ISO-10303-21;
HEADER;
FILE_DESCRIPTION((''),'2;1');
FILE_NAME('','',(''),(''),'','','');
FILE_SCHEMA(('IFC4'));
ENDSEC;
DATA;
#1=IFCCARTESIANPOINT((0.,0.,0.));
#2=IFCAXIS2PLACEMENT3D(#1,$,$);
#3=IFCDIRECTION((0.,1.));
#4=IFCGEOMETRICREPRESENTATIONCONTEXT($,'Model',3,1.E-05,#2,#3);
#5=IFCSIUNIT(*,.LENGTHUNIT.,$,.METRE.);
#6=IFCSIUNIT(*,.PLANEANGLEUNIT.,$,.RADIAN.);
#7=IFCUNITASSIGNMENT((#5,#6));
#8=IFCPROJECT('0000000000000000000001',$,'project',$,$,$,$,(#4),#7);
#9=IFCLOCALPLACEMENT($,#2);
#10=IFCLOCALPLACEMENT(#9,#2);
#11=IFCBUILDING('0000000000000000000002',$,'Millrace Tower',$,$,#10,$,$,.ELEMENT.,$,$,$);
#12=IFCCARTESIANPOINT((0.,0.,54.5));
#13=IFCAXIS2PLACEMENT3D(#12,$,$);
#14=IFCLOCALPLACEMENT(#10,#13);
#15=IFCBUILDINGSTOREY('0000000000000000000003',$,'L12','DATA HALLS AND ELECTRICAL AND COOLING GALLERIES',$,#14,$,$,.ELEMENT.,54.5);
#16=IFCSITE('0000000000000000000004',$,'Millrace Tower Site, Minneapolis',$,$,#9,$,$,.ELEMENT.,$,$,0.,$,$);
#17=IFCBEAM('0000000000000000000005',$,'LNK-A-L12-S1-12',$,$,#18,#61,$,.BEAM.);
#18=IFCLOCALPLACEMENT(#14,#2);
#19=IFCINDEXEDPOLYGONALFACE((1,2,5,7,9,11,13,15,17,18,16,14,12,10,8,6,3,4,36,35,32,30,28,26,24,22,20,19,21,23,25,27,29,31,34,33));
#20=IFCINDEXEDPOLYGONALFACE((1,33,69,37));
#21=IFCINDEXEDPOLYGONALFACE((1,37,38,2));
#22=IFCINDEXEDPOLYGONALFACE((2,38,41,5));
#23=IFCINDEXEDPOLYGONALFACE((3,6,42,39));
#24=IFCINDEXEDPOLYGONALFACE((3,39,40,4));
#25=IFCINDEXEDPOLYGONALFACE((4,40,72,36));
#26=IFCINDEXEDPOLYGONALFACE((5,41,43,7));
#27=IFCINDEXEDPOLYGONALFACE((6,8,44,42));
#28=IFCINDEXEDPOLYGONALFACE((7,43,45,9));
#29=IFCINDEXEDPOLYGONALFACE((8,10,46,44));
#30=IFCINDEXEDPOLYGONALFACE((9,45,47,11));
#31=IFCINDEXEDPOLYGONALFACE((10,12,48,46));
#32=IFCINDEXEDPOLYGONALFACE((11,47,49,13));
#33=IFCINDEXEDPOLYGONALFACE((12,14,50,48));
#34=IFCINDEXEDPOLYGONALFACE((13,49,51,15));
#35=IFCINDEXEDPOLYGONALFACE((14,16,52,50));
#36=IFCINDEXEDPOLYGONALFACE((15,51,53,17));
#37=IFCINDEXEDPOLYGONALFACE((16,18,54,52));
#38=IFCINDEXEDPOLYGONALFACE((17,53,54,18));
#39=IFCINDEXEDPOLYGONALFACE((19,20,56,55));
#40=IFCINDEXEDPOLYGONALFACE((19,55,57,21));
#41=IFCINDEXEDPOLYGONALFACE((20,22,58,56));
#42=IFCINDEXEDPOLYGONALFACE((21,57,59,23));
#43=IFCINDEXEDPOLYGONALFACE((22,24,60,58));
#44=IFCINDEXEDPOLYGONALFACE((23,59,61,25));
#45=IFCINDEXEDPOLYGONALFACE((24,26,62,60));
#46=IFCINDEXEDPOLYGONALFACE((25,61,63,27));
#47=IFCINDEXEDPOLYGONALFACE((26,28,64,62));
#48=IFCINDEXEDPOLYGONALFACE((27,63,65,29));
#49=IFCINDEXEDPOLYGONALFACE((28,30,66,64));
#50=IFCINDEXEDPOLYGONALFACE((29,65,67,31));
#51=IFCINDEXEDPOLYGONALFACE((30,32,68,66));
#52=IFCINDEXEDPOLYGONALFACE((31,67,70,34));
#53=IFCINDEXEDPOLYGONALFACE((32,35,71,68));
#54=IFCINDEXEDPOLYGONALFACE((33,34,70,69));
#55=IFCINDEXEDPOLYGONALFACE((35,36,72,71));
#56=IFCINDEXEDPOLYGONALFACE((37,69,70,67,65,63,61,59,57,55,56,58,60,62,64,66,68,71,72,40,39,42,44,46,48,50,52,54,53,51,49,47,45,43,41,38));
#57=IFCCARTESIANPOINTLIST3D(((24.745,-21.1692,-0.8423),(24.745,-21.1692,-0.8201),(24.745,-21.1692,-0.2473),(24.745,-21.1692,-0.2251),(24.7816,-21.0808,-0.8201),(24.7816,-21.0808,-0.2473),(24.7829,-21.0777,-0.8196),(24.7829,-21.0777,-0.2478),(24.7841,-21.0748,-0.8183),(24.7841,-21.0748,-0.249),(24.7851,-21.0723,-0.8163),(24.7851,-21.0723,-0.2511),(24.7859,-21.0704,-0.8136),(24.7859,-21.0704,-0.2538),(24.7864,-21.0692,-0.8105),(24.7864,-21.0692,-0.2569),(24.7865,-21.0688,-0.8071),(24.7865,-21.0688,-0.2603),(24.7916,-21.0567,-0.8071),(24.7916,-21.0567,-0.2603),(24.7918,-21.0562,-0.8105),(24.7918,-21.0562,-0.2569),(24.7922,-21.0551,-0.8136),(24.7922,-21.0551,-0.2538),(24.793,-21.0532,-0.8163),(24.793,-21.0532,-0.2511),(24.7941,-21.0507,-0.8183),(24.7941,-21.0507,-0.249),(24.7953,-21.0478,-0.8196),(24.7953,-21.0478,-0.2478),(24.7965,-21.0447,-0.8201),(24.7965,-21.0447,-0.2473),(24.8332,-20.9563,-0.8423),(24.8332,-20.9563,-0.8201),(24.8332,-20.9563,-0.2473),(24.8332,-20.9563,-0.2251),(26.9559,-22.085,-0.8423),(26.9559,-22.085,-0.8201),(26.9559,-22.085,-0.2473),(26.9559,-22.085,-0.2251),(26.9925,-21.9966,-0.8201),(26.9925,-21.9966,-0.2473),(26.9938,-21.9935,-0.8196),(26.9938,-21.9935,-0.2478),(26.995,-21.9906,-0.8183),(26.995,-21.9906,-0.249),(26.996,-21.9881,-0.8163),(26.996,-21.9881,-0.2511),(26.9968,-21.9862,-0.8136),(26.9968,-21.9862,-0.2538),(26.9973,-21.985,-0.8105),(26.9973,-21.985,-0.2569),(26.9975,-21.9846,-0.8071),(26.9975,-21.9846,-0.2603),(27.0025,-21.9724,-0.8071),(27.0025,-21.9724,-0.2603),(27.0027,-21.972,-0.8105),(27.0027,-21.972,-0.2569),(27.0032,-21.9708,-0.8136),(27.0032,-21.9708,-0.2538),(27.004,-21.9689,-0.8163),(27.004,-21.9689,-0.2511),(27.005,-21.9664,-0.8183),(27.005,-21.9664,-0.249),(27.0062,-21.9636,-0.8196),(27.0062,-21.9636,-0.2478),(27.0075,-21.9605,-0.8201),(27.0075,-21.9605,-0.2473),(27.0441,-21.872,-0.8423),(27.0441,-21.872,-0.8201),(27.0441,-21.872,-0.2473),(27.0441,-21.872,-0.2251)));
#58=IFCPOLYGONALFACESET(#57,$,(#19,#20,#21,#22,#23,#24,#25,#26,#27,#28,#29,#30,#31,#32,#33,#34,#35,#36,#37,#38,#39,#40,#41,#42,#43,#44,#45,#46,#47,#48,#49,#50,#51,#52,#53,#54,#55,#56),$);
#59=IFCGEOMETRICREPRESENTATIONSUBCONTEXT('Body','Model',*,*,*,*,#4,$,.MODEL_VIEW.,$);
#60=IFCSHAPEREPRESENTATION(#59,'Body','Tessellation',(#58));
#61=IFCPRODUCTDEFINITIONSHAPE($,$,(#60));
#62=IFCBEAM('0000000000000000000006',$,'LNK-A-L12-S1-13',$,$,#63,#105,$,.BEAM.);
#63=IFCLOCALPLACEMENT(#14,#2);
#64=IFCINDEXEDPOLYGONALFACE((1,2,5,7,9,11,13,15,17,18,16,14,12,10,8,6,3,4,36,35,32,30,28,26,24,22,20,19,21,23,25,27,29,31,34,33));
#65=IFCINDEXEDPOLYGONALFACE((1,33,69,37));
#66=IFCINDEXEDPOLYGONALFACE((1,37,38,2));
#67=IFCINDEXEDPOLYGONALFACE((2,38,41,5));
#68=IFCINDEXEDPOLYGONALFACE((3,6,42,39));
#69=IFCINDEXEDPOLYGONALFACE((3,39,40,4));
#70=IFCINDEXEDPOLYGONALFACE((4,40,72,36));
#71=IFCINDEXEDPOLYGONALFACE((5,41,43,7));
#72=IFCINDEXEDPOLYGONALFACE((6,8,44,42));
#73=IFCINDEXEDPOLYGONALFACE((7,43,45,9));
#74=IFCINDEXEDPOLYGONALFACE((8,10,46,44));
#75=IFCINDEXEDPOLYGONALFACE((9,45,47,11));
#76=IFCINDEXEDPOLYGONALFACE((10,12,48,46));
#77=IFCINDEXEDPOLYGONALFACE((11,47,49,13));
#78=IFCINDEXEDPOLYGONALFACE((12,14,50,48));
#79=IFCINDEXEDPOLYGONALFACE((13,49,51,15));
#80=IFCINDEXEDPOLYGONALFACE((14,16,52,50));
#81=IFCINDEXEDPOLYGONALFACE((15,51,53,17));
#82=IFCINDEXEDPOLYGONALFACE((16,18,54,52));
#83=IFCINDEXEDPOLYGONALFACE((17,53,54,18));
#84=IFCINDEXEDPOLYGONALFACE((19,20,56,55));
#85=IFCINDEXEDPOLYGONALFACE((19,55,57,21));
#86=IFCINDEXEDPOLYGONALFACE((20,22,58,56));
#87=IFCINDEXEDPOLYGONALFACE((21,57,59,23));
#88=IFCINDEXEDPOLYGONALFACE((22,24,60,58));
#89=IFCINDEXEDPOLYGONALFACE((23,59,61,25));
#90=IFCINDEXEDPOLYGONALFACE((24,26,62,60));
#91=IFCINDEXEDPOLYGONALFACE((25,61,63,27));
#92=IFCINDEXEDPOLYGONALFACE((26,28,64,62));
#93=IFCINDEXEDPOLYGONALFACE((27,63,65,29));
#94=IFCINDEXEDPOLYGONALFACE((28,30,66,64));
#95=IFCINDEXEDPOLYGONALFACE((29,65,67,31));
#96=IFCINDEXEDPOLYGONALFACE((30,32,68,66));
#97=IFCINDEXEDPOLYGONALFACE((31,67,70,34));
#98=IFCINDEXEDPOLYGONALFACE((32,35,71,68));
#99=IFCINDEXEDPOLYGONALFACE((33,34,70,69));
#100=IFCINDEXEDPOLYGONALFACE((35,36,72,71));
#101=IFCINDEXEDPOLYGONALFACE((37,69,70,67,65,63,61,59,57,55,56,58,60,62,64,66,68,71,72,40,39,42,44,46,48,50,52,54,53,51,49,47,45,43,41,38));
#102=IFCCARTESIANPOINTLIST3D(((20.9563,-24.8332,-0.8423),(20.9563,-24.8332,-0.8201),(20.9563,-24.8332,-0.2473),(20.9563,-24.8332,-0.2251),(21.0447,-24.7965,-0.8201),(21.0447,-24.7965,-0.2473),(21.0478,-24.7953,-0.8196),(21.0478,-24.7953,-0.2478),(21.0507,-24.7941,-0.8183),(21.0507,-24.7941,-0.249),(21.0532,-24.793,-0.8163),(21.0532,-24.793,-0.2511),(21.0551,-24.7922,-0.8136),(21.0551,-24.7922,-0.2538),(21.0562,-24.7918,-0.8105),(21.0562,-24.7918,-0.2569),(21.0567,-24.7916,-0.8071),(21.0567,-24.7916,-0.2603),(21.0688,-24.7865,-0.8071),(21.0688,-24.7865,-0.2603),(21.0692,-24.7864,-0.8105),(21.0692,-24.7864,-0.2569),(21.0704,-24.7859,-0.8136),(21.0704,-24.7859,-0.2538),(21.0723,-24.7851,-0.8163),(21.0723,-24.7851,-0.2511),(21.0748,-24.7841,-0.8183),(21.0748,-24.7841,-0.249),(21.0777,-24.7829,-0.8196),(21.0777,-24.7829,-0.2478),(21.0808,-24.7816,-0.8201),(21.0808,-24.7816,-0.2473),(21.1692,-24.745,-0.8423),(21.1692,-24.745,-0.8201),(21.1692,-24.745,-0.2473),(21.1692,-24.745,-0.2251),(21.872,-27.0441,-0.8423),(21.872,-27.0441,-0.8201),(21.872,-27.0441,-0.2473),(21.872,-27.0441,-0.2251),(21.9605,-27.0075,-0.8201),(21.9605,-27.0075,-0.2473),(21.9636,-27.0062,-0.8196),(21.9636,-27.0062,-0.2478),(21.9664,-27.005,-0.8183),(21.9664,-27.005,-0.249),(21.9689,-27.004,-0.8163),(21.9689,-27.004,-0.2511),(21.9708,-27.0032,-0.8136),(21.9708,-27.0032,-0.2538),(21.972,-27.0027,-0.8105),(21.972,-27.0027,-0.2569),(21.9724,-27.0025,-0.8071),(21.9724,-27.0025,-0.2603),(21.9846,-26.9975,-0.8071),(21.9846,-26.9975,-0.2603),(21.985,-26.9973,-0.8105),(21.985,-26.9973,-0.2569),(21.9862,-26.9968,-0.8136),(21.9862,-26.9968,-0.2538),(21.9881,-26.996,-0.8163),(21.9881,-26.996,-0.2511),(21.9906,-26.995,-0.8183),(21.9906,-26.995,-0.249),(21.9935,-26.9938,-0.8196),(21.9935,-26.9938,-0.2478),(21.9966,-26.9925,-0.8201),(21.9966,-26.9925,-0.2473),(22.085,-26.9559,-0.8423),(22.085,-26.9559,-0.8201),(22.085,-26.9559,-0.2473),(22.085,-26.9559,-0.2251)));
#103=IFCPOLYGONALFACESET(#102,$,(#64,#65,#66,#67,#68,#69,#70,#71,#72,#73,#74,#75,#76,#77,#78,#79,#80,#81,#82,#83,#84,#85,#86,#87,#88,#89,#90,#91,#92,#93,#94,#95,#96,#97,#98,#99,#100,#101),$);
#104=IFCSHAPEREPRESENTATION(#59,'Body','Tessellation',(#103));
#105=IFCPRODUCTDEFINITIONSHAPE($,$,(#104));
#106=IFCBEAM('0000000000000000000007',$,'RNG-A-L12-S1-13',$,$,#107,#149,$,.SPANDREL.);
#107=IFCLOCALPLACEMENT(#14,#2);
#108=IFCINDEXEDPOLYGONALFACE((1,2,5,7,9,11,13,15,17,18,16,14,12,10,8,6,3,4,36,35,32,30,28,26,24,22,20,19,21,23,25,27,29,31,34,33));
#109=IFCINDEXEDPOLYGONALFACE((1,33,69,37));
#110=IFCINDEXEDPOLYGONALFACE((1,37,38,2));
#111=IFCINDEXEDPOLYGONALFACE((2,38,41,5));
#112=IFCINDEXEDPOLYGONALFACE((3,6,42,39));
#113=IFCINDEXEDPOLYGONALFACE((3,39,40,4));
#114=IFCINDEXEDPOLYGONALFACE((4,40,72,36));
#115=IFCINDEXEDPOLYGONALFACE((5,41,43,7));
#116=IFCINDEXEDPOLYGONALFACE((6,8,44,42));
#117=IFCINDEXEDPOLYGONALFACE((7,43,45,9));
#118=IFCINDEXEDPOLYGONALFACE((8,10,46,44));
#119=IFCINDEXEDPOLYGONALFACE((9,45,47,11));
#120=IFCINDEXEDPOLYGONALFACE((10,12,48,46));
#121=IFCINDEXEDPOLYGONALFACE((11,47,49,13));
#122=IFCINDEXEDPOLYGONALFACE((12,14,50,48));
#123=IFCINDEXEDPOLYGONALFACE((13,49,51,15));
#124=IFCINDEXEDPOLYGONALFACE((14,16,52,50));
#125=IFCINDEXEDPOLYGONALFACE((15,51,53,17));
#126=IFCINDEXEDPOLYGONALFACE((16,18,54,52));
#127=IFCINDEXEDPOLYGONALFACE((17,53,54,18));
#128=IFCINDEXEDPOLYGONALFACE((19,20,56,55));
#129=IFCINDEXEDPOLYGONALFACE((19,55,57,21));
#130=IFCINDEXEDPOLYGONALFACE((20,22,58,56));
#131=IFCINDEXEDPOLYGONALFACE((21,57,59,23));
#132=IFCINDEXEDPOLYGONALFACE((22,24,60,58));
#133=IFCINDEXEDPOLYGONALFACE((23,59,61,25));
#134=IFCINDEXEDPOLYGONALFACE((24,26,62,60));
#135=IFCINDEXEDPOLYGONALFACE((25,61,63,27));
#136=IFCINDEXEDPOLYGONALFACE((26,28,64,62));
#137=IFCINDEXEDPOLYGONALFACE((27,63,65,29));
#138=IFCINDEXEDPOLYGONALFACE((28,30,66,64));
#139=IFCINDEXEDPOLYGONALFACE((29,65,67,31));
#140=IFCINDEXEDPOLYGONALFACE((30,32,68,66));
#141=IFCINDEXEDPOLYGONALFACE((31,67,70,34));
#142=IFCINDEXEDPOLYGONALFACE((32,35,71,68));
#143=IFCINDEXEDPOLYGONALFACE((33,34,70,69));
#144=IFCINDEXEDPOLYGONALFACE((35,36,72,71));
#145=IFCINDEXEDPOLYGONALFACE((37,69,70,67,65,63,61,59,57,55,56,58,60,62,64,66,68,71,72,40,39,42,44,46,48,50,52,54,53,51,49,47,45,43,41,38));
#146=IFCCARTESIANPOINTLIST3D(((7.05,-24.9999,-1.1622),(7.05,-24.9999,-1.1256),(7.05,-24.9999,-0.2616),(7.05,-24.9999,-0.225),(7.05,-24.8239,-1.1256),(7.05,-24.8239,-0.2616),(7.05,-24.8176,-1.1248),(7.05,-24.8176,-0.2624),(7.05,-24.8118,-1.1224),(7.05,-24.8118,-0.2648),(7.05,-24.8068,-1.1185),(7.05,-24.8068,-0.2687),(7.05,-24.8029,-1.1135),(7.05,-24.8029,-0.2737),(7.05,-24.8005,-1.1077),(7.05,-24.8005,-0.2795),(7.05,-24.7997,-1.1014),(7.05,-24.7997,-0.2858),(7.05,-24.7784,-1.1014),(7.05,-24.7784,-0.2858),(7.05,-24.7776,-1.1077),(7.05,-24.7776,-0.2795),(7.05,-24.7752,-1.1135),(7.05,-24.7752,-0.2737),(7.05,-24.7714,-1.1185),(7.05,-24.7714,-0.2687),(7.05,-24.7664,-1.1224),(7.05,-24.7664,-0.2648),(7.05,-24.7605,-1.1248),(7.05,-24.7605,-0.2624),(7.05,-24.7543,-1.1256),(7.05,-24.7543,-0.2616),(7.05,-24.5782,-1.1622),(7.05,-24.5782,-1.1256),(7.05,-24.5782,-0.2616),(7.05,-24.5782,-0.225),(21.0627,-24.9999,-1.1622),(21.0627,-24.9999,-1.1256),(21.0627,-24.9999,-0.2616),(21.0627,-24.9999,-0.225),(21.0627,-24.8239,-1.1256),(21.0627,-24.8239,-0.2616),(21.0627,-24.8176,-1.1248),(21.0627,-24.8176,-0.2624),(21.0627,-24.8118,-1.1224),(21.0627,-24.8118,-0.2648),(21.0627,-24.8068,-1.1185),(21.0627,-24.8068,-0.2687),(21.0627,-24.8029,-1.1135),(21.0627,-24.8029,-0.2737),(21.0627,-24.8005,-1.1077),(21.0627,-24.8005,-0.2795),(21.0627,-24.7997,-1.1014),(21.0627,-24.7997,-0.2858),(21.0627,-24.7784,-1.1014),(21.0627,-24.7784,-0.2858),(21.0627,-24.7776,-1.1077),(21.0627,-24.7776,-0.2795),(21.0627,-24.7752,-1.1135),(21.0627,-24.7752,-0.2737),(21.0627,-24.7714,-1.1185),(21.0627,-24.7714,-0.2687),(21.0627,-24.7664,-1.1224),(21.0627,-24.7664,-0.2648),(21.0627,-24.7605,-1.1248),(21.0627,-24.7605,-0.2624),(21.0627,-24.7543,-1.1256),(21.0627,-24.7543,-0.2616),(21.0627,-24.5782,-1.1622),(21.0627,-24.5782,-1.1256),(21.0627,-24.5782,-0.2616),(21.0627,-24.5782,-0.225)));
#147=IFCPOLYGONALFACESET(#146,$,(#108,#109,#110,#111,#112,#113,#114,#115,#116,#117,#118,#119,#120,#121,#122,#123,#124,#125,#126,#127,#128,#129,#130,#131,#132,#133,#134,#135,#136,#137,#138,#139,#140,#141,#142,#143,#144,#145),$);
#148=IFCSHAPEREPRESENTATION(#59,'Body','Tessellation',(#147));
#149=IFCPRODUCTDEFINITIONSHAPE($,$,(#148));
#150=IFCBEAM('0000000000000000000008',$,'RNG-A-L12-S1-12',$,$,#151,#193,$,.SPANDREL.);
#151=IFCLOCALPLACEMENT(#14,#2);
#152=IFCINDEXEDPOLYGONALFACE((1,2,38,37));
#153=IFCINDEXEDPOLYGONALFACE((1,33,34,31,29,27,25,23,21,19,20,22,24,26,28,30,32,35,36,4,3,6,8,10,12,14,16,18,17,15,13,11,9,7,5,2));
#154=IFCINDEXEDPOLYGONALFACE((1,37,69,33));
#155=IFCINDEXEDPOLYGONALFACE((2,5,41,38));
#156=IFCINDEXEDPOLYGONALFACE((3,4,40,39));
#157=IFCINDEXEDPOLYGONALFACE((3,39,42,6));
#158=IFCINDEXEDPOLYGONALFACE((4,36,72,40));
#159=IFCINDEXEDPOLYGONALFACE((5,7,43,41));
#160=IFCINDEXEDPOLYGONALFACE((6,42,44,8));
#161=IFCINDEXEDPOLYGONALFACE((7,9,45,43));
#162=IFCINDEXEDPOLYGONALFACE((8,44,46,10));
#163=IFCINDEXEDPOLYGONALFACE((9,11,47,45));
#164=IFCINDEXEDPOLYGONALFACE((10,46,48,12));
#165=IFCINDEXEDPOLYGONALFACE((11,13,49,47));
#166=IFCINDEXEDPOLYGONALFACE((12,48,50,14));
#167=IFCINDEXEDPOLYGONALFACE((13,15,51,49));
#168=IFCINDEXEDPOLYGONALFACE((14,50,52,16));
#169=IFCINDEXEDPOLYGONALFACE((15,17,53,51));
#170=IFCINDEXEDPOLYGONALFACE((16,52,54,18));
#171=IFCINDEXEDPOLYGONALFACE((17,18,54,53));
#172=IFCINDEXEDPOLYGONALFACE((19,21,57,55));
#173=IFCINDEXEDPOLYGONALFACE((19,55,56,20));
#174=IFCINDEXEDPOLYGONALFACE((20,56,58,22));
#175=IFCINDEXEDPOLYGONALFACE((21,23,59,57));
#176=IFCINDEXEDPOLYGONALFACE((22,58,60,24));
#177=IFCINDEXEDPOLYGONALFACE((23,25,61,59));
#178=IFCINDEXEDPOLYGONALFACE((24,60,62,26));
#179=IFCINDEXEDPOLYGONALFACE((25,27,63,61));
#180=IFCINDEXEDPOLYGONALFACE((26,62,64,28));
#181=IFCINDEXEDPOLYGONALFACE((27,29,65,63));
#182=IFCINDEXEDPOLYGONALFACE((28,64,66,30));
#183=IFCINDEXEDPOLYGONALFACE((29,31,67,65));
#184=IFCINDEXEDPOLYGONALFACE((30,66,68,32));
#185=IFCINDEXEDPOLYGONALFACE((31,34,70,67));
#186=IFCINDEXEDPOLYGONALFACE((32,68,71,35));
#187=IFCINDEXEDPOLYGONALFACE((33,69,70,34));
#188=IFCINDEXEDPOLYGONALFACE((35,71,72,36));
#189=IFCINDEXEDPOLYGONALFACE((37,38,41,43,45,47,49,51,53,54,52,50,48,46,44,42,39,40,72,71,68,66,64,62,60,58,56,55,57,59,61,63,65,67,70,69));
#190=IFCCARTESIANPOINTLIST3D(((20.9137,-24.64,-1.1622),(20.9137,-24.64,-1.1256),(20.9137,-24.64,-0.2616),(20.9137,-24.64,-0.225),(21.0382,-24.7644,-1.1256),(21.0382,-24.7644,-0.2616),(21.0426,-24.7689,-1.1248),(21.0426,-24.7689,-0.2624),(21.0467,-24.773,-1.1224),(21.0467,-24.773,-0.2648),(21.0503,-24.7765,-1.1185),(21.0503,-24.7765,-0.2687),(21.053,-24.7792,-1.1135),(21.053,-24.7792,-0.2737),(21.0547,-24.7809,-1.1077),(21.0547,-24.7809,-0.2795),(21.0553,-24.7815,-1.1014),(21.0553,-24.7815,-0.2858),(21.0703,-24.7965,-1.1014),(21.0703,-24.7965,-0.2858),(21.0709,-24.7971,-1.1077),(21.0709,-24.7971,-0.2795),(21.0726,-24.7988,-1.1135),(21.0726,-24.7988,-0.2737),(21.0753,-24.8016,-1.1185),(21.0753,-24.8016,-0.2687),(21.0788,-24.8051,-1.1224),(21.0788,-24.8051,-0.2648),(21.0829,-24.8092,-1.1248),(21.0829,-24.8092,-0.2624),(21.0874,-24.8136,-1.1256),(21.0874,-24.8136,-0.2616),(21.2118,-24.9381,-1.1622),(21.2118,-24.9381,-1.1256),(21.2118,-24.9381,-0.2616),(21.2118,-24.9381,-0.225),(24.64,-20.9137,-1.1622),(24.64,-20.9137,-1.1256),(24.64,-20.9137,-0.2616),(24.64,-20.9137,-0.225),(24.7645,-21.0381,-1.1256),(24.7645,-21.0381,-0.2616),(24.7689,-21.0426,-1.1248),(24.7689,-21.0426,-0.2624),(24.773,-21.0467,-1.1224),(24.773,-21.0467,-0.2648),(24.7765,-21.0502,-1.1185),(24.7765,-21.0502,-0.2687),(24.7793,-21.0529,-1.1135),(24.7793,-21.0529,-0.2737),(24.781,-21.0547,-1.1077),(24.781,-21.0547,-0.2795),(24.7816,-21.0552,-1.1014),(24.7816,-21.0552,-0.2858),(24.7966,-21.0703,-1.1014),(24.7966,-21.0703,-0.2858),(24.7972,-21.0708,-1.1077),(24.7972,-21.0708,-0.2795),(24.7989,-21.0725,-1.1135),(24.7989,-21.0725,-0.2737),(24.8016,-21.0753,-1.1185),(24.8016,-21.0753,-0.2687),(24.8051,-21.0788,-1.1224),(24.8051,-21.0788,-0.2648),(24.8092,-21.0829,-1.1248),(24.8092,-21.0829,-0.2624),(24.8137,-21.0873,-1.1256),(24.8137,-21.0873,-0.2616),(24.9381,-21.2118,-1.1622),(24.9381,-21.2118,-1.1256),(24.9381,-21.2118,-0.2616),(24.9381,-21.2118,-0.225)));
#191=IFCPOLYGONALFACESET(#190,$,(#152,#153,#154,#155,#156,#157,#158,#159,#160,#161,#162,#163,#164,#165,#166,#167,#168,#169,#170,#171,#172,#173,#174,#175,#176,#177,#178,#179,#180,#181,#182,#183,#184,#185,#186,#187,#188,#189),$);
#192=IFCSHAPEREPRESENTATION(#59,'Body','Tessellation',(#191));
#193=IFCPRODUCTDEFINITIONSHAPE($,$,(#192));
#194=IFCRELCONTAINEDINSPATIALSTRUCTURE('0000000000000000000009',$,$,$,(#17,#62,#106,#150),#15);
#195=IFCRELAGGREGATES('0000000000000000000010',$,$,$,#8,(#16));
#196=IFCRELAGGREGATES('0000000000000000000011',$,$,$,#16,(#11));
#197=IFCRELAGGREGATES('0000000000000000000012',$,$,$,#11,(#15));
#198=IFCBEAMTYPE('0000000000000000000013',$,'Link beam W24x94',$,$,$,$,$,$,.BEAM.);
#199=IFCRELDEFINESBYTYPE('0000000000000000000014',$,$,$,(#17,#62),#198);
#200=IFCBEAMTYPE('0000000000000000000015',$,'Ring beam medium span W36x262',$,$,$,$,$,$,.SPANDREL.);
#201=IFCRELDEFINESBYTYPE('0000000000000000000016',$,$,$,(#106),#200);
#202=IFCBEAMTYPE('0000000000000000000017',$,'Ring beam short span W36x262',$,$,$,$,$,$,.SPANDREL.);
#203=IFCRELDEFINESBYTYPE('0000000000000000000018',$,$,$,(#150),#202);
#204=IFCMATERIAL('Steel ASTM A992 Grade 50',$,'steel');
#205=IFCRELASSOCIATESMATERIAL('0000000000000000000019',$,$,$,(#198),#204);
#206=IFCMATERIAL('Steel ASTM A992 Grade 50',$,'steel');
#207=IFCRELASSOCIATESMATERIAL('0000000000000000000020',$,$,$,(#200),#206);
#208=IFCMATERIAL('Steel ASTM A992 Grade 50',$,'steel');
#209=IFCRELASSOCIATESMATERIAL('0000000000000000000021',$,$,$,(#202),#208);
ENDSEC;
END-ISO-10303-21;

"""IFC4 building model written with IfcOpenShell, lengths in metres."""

from ifc_helpers import new_model, si_unit, direction, frame, origin, origin_2d, place, context, subcontext, project, spatial, i_section, extrude, material, material_profile, profile_set, type_object, element, save


model = new_model("IFC4")

# Units and contexts
model_context = context("Model", 3, precision=1e-05, world=origin(), true_north=direction((0.0, 1.0)))
body_context = subcontext(model_context, "Body", "Model", "MODEL_VIEW")
ifc_project = project(units=[si_unit("LENGTHUNIT", "METRE"), si_unit("PLANEANGLEUNIT", "RADIAN")], contexts=[model_context])

# Site, building, storey
site_placement = place(None, origin())
site = spatial("IfcSite", under=ifc_project, at=site_placement, Name="Millrace Tower Site, Minneapolis", CompositionType="ELEMENT", RefElevation=0.0)
building_placement = place(site_placement, origin())
building = spatial("IfcBuilding", under=site, at=building_placement, Name="Millrace Tower", CompositionType="ELEMENT")
storey_placement = place(building_placement, frame((0.0, 0.0, 54.5)))
storey = spatial("IfcBuildingStorey", under=building, at=storey_placement, Name="L12", Description="DATA HALLS AND ELECTRICAL AND COOLING GALLERIES", CompositionType="ELEMENT", Elevation=54.5)

# Beams
ifc_material_1 = material(Name="Steel ASTM A992 Grade 50", Category="steel")
ifc_material_profile_1 = material_profile(ifc_material_1, i_section(OverallWidth=0.2305, OverallDepth=0.6172, WebThickness=0.0132, FlangeThickness=0.0222, FilletRadius=0.0129, at=origin_2d()))
ifc_profile_set_1 = profile_set([ifc_material_profile_1], Name="Steel ASTM A992 Grade 50")
beam_type_1 = type_object("IfcBeamType", Name="Link beam W24x94", PredefinedType="BEAM", material=ifc_profile_set_1)
for number, where, z_axis, x_axis, name in (
    (1, (24.7891, -21.0627, -0.5337), (0.923884, -0.382673, 0.0), (0.382673, 0.923884, 0.0), "LNK-A-L12-S1-12"),
    (2, (21.0627, -24.7891, -0.5337), (0.382673, -0.923884, 0.0), (0.923884, 0.382673, 0.0), "LNK-A-L12-S1-13"),
):
    element("IfcBeam", number, at=place(storey_placement, frame(where, z_axis=z_axis, x_axis=x_axis)), inside=storey, type_object=beam_type_1, Name=name, PredefinedType="BEAM", context=body_context, shape_type="SweptSolid", body=[
        extrude(i_section(OverallWidth=0.2305, OverallDepth=0.6172, WebThickness=0.0132, FlangeThickness=0.0222, FilletRadius=0.0129, at=origin_2d()), origin(), (0.0, 0.0, 1.0), 2.3931),
    ])
ifc_material_2 = material(Name="Steel ASTM A992 Grade 50", Category="steel")
ifc_material_profile_2 = material_profile(ifc_material_2, i_section(OverallWidth=0.4216, OverallDepth=0.9373, WebThickness=0.0212, FlangeThickness=0.0366, FilletRadius=0.0242, at=origin_2d()))
ifc_profile_set_2 = profile_set([ifc_material_profile_2], Name="Steel ASTM A992 Grade 50")
beam_type_2 = type_object("IfcBeamType", Name="Ring beam medium span W36x262", PredefinedType="SPANDREL", material=ifc_profile_set_2)
beam_1_placement = place(storey_placement, frame((21.0627, -24.7891, -0.6936), z_axis=(-1.0, 0.0, 0.0), x_axis=(0.0, -1.0, 0.0)))
element("IfcBeam", 3, at=beam_1_placement, inside=storey, type_object=beam_type_2, Name="RNG-A-L12-S1-13", PredefinedType="SPANDREL", context=body_context, shape_type="SweptSolid", body=[
    extrude(i_section(OverallWidth=0.4216, OverallDepth=0.9373, WebThickness=0.0212, FlangeThickness=0.0366, FilletRadius=0.0242, at=origin_2d()), origin(), (0.0, 0.0, 1.0), 14.0127),
])
ifc_material_3 = material(Name="Steel ASTM A992 Grade 50", Category="steel")
ifc_material_profile_3 = material_profile(ifc_material_3, i_section(OverallWidth=0.4216, OverallDepth=0.9373, WebThickness=0.0212, FlangeThickness=0.0366, FilletRadius=0.0242, at=origin_2d()))
ifc_profile_set_3 = profile_set([ifc_material_profile_3], Name="Steel ASTM A992 Grade 50")
beam_type_3 = type_object("IfcBeamType", Name="Ring beam short span W36x262", PredefinedType="SPANDREL", material=ifc_profile_set_3)
beam_2_placement = place(storey_placement, frame((24.7891, -21.0627, -0.6936), z_axis=(-0.707107, -0.707107, 0.0), x_axis=(0.707107, -0.707107, 0.0)))
element("IfcBeam", 4, at=beam_2_placement, inside=storey, type_object=beam_type_3, Name="RNG-A-L12-S1-12", PredefinedType="SPANDREL", context=body_context, shape_type="SweptSolid", body=[
    extrude(i_section(OverallWidth=0.4216, OverallDepth=0.9373, WebThickness=0.0212, FlangeThickness=0.0366, FilletRadius=0.0242, at=origin_2d()), origin(), (0.0, 0.0, 1.0), 5.2698),
])

save(model, "model.ifc")
